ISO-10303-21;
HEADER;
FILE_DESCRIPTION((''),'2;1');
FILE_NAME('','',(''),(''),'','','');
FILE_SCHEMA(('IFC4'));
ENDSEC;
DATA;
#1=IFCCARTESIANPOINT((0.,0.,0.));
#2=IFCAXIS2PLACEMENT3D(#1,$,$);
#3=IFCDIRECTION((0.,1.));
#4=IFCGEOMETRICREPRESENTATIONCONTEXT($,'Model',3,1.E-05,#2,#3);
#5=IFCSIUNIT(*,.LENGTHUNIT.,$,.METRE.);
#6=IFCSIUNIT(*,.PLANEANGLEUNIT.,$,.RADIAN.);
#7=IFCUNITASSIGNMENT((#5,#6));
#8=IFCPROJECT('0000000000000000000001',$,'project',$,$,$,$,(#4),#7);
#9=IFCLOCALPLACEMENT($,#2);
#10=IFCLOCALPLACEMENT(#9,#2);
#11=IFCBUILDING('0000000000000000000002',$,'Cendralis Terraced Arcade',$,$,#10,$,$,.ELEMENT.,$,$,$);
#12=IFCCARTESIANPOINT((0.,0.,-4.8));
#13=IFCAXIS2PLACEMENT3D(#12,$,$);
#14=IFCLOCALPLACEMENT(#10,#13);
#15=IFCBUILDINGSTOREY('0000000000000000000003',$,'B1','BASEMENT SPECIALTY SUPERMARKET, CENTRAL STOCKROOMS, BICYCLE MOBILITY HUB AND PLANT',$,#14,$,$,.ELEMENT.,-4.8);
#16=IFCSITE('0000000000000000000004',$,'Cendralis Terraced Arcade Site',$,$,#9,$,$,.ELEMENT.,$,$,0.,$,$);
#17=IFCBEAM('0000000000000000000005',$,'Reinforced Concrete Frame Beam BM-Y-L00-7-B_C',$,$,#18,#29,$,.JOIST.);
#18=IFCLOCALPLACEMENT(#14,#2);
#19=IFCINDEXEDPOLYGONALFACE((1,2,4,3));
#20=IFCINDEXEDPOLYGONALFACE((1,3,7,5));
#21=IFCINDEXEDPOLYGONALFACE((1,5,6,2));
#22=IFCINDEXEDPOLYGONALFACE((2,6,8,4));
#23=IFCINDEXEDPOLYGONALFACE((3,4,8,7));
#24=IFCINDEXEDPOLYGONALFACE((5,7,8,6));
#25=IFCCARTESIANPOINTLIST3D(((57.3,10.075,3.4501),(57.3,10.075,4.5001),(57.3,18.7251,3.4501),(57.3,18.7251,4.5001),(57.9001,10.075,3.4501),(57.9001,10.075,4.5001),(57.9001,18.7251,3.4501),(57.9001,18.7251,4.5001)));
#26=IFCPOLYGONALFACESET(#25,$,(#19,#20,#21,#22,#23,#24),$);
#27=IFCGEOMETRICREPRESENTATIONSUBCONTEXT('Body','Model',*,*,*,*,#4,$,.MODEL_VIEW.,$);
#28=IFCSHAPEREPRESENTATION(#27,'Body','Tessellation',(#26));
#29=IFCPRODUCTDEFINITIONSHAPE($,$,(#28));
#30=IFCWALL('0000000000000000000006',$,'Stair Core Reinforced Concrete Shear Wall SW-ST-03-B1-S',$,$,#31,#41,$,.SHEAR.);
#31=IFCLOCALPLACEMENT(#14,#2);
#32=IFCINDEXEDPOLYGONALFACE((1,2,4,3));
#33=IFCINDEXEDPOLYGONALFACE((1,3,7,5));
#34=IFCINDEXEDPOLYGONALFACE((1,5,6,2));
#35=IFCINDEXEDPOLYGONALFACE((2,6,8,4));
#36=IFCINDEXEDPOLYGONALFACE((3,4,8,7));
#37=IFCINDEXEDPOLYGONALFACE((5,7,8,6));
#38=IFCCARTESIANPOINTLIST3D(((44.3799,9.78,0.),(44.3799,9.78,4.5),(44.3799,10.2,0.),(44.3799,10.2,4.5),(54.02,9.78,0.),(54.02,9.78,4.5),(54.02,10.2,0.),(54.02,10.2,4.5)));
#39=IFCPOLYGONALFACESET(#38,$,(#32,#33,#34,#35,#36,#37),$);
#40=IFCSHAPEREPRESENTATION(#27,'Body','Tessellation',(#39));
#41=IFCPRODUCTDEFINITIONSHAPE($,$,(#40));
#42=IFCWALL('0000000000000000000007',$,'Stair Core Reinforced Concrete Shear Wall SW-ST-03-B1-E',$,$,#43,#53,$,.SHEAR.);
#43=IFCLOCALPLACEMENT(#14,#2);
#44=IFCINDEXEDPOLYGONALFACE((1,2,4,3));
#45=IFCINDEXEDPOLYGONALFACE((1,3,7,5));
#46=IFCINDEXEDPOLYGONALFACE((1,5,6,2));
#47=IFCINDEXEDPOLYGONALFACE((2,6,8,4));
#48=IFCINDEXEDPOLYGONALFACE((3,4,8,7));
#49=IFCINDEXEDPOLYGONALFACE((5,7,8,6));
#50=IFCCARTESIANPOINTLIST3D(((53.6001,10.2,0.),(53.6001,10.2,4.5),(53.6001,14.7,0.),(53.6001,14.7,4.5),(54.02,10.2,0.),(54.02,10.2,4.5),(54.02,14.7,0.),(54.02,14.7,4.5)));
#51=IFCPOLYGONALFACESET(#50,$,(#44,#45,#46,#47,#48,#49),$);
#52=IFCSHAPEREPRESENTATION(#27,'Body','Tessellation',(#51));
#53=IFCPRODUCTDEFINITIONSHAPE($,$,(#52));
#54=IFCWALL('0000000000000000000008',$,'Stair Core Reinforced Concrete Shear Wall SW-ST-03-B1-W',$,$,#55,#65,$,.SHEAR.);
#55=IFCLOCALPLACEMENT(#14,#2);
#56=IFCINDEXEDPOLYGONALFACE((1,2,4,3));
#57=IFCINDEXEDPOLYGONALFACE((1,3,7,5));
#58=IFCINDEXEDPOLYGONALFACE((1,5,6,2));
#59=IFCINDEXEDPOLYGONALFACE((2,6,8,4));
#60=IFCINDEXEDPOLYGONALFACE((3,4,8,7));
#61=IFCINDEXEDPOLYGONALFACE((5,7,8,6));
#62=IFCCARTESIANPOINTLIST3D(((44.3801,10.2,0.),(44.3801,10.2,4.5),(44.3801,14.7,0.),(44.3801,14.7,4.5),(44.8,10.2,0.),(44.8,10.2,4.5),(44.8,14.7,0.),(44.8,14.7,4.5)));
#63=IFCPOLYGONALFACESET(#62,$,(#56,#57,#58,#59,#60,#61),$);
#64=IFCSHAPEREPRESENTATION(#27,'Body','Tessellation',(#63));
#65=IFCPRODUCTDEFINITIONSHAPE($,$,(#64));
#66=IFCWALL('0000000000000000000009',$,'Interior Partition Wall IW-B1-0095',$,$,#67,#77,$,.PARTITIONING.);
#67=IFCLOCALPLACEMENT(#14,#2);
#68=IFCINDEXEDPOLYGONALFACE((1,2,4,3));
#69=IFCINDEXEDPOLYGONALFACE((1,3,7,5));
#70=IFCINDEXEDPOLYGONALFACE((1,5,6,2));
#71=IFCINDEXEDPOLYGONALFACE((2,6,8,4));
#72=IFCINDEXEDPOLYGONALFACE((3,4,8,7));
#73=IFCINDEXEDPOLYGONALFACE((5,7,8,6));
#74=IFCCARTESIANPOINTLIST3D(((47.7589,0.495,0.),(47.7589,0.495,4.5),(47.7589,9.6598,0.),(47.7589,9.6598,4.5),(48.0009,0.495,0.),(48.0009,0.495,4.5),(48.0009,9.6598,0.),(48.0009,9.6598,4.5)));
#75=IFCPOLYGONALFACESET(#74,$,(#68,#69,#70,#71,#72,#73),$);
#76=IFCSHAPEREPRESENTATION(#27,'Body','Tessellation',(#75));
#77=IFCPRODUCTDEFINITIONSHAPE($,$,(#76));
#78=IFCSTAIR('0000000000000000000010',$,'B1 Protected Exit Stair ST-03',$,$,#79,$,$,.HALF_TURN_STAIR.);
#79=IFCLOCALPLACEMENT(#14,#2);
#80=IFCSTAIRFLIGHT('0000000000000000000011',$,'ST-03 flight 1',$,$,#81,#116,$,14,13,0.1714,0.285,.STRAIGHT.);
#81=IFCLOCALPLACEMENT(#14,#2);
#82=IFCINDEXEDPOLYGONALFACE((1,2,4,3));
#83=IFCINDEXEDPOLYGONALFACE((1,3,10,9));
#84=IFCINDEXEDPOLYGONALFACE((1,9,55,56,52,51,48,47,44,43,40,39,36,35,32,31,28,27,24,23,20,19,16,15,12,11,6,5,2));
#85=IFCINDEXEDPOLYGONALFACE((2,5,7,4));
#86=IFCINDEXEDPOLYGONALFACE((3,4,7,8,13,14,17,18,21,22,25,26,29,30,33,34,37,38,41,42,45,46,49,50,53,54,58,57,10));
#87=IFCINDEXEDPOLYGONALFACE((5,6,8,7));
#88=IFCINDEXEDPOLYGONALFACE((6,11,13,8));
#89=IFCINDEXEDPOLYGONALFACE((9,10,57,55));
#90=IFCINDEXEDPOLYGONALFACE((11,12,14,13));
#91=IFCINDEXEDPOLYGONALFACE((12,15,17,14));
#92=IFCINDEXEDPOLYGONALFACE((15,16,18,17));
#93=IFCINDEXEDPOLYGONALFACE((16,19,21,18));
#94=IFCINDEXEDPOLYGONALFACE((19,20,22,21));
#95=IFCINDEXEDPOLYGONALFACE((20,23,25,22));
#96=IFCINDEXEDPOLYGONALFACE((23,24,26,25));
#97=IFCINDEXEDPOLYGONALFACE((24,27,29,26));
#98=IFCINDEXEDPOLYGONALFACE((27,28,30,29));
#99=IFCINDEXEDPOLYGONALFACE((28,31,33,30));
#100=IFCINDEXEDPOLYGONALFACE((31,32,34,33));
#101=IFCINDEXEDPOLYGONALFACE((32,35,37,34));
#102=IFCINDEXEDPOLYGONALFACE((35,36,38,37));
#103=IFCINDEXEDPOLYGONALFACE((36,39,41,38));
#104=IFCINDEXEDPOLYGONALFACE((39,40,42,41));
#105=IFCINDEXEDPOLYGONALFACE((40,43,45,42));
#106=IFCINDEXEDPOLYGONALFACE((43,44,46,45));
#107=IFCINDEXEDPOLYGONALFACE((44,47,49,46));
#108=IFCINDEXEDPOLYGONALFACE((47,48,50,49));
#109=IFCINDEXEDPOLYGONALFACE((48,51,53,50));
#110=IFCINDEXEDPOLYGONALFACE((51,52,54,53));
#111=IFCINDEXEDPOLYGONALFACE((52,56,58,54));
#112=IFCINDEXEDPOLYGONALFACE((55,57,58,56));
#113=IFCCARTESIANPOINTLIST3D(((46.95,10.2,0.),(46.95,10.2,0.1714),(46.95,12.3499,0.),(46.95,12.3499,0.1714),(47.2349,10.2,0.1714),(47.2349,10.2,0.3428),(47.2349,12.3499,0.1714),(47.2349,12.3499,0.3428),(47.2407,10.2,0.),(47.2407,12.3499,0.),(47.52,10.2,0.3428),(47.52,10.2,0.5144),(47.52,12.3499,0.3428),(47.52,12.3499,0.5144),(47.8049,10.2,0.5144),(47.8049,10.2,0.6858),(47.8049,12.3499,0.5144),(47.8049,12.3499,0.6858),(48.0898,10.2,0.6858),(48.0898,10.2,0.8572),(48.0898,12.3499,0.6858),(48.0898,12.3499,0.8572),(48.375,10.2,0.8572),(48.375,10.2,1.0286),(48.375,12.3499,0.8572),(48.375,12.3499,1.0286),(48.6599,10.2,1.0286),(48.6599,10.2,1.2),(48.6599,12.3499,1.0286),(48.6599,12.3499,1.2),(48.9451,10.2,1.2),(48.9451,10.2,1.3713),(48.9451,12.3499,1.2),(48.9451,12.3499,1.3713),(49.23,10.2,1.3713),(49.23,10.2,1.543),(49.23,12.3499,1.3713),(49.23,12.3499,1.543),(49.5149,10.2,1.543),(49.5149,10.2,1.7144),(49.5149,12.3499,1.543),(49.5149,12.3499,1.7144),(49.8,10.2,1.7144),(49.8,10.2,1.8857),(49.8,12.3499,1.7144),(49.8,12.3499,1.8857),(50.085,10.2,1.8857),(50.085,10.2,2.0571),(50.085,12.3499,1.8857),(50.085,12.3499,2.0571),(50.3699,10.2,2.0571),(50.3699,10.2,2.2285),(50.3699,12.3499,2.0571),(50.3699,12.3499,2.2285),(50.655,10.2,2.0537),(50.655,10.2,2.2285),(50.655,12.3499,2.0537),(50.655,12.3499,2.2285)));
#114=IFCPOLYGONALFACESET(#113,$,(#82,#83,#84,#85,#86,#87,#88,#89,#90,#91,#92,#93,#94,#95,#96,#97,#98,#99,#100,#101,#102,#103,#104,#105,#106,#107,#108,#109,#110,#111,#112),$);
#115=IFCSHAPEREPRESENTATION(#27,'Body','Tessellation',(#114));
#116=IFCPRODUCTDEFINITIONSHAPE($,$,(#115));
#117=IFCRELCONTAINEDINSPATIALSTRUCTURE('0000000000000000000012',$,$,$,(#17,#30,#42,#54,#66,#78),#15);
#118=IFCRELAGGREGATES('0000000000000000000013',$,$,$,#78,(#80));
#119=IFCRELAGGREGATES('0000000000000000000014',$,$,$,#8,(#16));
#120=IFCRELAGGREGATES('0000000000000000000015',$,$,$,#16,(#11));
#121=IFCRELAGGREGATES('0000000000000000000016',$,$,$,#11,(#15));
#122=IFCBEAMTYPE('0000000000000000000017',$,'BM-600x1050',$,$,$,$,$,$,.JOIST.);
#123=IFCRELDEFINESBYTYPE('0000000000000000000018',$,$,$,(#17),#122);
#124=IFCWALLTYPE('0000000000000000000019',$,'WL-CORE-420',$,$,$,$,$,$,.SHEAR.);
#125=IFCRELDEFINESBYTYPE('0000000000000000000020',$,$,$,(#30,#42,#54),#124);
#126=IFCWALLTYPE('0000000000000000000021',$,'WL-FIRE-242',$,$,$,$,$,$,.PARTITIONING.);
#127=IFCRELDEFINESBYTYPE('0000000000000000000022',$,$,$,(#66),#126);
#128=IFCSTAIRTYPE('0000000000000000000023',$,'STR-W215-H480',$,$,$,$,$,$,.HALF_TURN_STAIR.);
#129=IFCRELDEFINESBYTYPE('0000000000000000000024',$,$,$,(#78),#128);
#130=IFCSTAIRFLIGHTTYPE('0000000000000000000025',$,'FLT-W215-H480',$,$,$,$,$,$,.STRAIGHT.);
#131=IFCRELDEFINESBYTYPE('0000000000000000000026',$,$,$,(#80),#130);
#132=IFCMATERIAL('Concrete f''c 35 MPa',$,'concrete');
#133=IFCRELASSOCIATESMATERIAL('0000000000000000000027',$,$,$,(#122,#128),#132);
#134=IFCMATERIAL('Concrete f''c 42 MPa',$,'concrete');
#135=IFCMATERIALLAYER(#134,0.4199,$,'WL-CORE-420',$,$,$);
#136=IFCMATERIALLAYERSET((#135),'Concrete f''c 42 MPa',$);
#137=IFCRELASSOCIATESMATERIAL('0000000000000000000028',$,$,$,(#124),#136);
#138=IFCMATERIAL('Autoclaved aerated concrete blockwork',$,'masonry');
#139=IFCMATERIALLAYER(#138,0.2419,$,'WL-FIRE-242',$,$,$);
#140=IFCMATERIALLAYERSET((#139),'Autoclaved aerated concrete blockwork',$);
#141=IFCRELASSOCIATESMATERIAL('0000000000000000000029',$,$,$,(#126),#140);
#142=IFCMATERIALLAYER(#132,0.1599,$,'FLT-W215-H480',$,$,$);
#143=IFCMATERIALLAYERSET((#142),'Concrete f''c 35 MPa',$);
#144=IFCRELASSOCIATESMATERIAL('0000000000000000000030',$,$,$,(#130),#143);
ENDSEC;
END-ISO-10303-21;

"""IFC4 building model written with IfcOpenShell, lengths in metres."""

from ifc_helpers import new_model, si_unit, direction, frame, frame_2d, origin, origin_2d, place, context, subcontext, project, spatial, polyline, rectangle, outline, extrude, material, layer, layer_set, material_profile, profile_set, type_object, element, aggregate, save


model = new_model("IFC4")

# Units and contexts
model_context = context("Model", 3, precision=1e-05, world=origin(), true_north=direction((0.0, 1.0)))
body_context = subcontext(model_context, "Body", "Model", "MODEL_VIEW")
ifc_project = project(units=[si_unit("LENGTHUNIT", "METRE"), si_unit("PLANEANGLEUNIT", "RADIAN")], contexts=[model_context])

# Site, building, storey
site_placement = place(None, origin())
site = spatial("IfcSite", under=ifc_project, at=site_placement, Name="Cendralis Terraced Arcade Site", CompositionType="ELEMENT", RefElevation=0.0)
building_placement = place(site_placement, origin())
building = spatial("IfcBuilding", under=site, at=building_placement, Name="Cendralis Terraced Arcade", CompositionType="ELEMENT")
storey_placement = place(building_placement, frame((0.0, 0.0, -4.8)))
storey = spatial("IfcBuildingStorey", under=building, at=storey_placement, Name="B1", Description="BASEMENT SPECIALTY SUPERMARKET, CENTRAL STOCKROOMS, BICYCLE MOBILITY HUB AND PLANT", CompositionType="ELEMENT", Elevation=-4.8)

# Shared definitions
ifc_material_1 = material(Name="Concrete f'c 35 MPa", Category="concrete")

# Shared definitions
ifc_material_2 = material(Name="Concrete f'c 42 MPa", Category="concrete")

# Beam
ifc_material_profile_1 = material_profile(ifc_material_1, rectangle(XDim=0.6001, YDim=1.05, at=origin_2d()), Name="RC-BM-600x1050", Category="LoadBearing")
ifc_profile_set_1 = profile_set([ifc_material_profile_1], Name="Concrete f'c 35 MPa")
beam_type = type_object("IfcBeamType", Name="BM-600x1050", PredefinedType="JOIST", material=ifc_profile_set_1)
beam_1_placement = place(storey_placement, frame((57.6001, 10.075, 3.9751), z_axis=(0.0, 1.0, 0.0), x_axis=(-1.0, 0.0, 0.0)))
element("IfcBeam", 1, at=beam_1_placement, inside=storey, type_object=beam_type, Name="Reinforced Concrete Frame Beam BM-Y-L00-7-B_C", PredefinedType="JOIST", context=body_context, shape_type="SweptSolid", body=[
    extrude(rectangle(XDim=0.6001, YDim=1.05, at=origin_2d()), origin(), (0.0, 0.0, 1.0), 8.6501),
])

# Walls
ifc_layer_1 = layer(ifc_material_2, 0.4199, Name="WL-CORE-420")
ifc_layer_set_1 = layer_set([ifc_layer_1], Name="Concrete f'c 42 MPa")
wall_type_1 = type_object("IfcWallType", Name="WL-CORE-420", PredefinedType="SHEAR", material=ifc_layer_set_1)
wall_1_placement = place(storey_placement, frame((44.3799, 9.99, 0.0), z_axis=(0.0, 0.0, 1.0), x_axis=(1.0, 0.0, 0.0)))
element("IfcWall", 2, at=wall_1_placement, inside=storey, type_object=wall_type_1, Name="Stair Core Reinforced Concrete Shear Wall SW-ST-03-B1-S", PredefinedType="SHEAR", context=body_context, shape_type="SweptSolid", body=[
    extrude(rectangle(XDim=9.6401, YDim=0.4199, at=frame_2d((4.8201, 0.0))), origin(), (0.0, 0.0, 1.0), 4.5),
])
for number, where, z_axis, x_axis, name in (
    (3, (53.8101, 10.2, 0.0), (0.0, 0.0, 1.0), (0.0, 1.0, 0.0), "Stair Core Reinforced Concrete Shear Wall SW-ST-03-B1-E"),
    (4, (44.5901, 10.2, 0.0), (0.0, 0.0, 1.0), (0.0, 1.0, 0.0), "Stair Core Reinforced Concrete Shear Wall SW-ST-03-B1-W"),
):
    element("IfcWall", number, at=place(storey_placement, frame(where, z_axis=z_axis, x_axis=x_axis)), inside=storey, type_object=wall_type_1, Name=name, PredefinedType="SHEAR", context=body_context, shape_type="SweptSolid", body=[
        extrude(rectangle(XDim=4.5, YDim=0.4199, at=frame_2d((2.25, 0.0))), origin(), (0.0, 0.0, 1.0), 4.5),
    ])
ifc_material_3 = material(Name="Autoclaved aerated concrete blockwork", Category="masonry")
ifc_layer_2 = layer(ifc_material_3, 0.2419, Name="WL-FIRE-242")
ifc_layer_set_2 = layer_set([ifc_layer_2], Name="Autoclaved aerated concrete blockwork")
wall_type_2 = type_object("IfcWallType", Name="WL-FIRE-242", PredefinedType="PARTITIONING", material=ifc_layer_set_2)
wall_2_placement = place(storey_placement, frame((47.8799, 9.6599, 0.0), z_axis=(0.0, 0.0, 1.0), x_axis=(0.0, -1.0, 0.0)))
element("IfcWall", 5, at=wall_2_placement, inside=storey, type_object=wall_type_2, Name="Interior Partition Wall IW-B1-0095", PredefinedType="PARTITIONING", context=body_context, shape_type="SweptSolid", body=[
    extrude(rectangle(XDim=9.1648, YDim=0.2419, at=frame_2d((4.5825, 0.0))), origin(), (0.0, 0.0, 1.0), 4.5),
])

# Stair, stair flight
stair_type = type_object("IfcStairType", Name="STR-W215-H480", PredefinedType="HALF_TURN_STAIR", material=ifc_material_1)
stair_placement = place(storey_placement, origin())
stair = element("IfcStair", 6, at=stair_placement, inside=storey, type_object=stair_type, Name="B1 Protected Exit Stair ST-03", PredefinedType="HALF_TURN_STAIR")
ifc_layer_3 = layer(ifc_material_1, 0.1599, Name="FLT-W215-H480")
ifc_layer_set_3 = layer_set([ifc_layer_3], Name="Concrete f'c 35 MPa")
stair_flight_type = type_object("IfcStairFlightType", Name="FLT-W215-H480", PredefinedType="STRAIGHT", material=ifc_layer_set_3)
stair_flight_placement = place(storey_placement, frame((46.95, 11.2749, 0.0), z_axis=(0.0, 0.0, 1.0), x_axis=(1.0, 0.0, 0.0)))
stair_flight = element("IfcStairFlight", 7, at=stair_flight_placement, type_object=stair_flight_type, Name="ST-03 flight 1", NumberOfRisers=14, NumberOfTreads=13, PredefinedType="STRAIGHT", RiserHeight=0.1714, TreadLength=0.285, context=body_context, shape_type="SweptSolid", body=[
    extrude(outline(polyline([(0.0, 0.0), (0.0, 0.1714), (0.2849, 0.1714), (0.2849, 0.3428), (0.5701, 0.3428), (0.5701, 0.5144), (0.855, 0.5144), (0.855, 0.6858), (1.1399, 0.6858), (1.1399, 0.8572), (1.425, 0.8572), (1.425, 1.0286), (1.71, 1.0286), (1.71, 1.2), (1.9951, 1.2), (1.9951, 1.3713), (2.28, 1.3713), (2.28, 1.543), (2.5649, 1.543), (2.5649, 1.7144), (2.8501, 1.7144), (2.8501, 1.8857), (3.135, 1.8857), (3.135, 2.0571), (3.4199, 2.0571), (3.4199, 2.2285), (3.7051, 2.2285), (3.7051, 2.3999), (3.7051, 2.0537), (0.2908, 0.0), (0.0, 0.0)])), frame((0.0, 1.075, 0.0), z_axis=(0.0, -1.0, 0.0), x_axis=(1.0, 0.0, 0.0)), (0.0, 0.0, 1.0), 2.1499),
])
aggregate(stair, [stair_flight])

save(model, "model.ifc")
